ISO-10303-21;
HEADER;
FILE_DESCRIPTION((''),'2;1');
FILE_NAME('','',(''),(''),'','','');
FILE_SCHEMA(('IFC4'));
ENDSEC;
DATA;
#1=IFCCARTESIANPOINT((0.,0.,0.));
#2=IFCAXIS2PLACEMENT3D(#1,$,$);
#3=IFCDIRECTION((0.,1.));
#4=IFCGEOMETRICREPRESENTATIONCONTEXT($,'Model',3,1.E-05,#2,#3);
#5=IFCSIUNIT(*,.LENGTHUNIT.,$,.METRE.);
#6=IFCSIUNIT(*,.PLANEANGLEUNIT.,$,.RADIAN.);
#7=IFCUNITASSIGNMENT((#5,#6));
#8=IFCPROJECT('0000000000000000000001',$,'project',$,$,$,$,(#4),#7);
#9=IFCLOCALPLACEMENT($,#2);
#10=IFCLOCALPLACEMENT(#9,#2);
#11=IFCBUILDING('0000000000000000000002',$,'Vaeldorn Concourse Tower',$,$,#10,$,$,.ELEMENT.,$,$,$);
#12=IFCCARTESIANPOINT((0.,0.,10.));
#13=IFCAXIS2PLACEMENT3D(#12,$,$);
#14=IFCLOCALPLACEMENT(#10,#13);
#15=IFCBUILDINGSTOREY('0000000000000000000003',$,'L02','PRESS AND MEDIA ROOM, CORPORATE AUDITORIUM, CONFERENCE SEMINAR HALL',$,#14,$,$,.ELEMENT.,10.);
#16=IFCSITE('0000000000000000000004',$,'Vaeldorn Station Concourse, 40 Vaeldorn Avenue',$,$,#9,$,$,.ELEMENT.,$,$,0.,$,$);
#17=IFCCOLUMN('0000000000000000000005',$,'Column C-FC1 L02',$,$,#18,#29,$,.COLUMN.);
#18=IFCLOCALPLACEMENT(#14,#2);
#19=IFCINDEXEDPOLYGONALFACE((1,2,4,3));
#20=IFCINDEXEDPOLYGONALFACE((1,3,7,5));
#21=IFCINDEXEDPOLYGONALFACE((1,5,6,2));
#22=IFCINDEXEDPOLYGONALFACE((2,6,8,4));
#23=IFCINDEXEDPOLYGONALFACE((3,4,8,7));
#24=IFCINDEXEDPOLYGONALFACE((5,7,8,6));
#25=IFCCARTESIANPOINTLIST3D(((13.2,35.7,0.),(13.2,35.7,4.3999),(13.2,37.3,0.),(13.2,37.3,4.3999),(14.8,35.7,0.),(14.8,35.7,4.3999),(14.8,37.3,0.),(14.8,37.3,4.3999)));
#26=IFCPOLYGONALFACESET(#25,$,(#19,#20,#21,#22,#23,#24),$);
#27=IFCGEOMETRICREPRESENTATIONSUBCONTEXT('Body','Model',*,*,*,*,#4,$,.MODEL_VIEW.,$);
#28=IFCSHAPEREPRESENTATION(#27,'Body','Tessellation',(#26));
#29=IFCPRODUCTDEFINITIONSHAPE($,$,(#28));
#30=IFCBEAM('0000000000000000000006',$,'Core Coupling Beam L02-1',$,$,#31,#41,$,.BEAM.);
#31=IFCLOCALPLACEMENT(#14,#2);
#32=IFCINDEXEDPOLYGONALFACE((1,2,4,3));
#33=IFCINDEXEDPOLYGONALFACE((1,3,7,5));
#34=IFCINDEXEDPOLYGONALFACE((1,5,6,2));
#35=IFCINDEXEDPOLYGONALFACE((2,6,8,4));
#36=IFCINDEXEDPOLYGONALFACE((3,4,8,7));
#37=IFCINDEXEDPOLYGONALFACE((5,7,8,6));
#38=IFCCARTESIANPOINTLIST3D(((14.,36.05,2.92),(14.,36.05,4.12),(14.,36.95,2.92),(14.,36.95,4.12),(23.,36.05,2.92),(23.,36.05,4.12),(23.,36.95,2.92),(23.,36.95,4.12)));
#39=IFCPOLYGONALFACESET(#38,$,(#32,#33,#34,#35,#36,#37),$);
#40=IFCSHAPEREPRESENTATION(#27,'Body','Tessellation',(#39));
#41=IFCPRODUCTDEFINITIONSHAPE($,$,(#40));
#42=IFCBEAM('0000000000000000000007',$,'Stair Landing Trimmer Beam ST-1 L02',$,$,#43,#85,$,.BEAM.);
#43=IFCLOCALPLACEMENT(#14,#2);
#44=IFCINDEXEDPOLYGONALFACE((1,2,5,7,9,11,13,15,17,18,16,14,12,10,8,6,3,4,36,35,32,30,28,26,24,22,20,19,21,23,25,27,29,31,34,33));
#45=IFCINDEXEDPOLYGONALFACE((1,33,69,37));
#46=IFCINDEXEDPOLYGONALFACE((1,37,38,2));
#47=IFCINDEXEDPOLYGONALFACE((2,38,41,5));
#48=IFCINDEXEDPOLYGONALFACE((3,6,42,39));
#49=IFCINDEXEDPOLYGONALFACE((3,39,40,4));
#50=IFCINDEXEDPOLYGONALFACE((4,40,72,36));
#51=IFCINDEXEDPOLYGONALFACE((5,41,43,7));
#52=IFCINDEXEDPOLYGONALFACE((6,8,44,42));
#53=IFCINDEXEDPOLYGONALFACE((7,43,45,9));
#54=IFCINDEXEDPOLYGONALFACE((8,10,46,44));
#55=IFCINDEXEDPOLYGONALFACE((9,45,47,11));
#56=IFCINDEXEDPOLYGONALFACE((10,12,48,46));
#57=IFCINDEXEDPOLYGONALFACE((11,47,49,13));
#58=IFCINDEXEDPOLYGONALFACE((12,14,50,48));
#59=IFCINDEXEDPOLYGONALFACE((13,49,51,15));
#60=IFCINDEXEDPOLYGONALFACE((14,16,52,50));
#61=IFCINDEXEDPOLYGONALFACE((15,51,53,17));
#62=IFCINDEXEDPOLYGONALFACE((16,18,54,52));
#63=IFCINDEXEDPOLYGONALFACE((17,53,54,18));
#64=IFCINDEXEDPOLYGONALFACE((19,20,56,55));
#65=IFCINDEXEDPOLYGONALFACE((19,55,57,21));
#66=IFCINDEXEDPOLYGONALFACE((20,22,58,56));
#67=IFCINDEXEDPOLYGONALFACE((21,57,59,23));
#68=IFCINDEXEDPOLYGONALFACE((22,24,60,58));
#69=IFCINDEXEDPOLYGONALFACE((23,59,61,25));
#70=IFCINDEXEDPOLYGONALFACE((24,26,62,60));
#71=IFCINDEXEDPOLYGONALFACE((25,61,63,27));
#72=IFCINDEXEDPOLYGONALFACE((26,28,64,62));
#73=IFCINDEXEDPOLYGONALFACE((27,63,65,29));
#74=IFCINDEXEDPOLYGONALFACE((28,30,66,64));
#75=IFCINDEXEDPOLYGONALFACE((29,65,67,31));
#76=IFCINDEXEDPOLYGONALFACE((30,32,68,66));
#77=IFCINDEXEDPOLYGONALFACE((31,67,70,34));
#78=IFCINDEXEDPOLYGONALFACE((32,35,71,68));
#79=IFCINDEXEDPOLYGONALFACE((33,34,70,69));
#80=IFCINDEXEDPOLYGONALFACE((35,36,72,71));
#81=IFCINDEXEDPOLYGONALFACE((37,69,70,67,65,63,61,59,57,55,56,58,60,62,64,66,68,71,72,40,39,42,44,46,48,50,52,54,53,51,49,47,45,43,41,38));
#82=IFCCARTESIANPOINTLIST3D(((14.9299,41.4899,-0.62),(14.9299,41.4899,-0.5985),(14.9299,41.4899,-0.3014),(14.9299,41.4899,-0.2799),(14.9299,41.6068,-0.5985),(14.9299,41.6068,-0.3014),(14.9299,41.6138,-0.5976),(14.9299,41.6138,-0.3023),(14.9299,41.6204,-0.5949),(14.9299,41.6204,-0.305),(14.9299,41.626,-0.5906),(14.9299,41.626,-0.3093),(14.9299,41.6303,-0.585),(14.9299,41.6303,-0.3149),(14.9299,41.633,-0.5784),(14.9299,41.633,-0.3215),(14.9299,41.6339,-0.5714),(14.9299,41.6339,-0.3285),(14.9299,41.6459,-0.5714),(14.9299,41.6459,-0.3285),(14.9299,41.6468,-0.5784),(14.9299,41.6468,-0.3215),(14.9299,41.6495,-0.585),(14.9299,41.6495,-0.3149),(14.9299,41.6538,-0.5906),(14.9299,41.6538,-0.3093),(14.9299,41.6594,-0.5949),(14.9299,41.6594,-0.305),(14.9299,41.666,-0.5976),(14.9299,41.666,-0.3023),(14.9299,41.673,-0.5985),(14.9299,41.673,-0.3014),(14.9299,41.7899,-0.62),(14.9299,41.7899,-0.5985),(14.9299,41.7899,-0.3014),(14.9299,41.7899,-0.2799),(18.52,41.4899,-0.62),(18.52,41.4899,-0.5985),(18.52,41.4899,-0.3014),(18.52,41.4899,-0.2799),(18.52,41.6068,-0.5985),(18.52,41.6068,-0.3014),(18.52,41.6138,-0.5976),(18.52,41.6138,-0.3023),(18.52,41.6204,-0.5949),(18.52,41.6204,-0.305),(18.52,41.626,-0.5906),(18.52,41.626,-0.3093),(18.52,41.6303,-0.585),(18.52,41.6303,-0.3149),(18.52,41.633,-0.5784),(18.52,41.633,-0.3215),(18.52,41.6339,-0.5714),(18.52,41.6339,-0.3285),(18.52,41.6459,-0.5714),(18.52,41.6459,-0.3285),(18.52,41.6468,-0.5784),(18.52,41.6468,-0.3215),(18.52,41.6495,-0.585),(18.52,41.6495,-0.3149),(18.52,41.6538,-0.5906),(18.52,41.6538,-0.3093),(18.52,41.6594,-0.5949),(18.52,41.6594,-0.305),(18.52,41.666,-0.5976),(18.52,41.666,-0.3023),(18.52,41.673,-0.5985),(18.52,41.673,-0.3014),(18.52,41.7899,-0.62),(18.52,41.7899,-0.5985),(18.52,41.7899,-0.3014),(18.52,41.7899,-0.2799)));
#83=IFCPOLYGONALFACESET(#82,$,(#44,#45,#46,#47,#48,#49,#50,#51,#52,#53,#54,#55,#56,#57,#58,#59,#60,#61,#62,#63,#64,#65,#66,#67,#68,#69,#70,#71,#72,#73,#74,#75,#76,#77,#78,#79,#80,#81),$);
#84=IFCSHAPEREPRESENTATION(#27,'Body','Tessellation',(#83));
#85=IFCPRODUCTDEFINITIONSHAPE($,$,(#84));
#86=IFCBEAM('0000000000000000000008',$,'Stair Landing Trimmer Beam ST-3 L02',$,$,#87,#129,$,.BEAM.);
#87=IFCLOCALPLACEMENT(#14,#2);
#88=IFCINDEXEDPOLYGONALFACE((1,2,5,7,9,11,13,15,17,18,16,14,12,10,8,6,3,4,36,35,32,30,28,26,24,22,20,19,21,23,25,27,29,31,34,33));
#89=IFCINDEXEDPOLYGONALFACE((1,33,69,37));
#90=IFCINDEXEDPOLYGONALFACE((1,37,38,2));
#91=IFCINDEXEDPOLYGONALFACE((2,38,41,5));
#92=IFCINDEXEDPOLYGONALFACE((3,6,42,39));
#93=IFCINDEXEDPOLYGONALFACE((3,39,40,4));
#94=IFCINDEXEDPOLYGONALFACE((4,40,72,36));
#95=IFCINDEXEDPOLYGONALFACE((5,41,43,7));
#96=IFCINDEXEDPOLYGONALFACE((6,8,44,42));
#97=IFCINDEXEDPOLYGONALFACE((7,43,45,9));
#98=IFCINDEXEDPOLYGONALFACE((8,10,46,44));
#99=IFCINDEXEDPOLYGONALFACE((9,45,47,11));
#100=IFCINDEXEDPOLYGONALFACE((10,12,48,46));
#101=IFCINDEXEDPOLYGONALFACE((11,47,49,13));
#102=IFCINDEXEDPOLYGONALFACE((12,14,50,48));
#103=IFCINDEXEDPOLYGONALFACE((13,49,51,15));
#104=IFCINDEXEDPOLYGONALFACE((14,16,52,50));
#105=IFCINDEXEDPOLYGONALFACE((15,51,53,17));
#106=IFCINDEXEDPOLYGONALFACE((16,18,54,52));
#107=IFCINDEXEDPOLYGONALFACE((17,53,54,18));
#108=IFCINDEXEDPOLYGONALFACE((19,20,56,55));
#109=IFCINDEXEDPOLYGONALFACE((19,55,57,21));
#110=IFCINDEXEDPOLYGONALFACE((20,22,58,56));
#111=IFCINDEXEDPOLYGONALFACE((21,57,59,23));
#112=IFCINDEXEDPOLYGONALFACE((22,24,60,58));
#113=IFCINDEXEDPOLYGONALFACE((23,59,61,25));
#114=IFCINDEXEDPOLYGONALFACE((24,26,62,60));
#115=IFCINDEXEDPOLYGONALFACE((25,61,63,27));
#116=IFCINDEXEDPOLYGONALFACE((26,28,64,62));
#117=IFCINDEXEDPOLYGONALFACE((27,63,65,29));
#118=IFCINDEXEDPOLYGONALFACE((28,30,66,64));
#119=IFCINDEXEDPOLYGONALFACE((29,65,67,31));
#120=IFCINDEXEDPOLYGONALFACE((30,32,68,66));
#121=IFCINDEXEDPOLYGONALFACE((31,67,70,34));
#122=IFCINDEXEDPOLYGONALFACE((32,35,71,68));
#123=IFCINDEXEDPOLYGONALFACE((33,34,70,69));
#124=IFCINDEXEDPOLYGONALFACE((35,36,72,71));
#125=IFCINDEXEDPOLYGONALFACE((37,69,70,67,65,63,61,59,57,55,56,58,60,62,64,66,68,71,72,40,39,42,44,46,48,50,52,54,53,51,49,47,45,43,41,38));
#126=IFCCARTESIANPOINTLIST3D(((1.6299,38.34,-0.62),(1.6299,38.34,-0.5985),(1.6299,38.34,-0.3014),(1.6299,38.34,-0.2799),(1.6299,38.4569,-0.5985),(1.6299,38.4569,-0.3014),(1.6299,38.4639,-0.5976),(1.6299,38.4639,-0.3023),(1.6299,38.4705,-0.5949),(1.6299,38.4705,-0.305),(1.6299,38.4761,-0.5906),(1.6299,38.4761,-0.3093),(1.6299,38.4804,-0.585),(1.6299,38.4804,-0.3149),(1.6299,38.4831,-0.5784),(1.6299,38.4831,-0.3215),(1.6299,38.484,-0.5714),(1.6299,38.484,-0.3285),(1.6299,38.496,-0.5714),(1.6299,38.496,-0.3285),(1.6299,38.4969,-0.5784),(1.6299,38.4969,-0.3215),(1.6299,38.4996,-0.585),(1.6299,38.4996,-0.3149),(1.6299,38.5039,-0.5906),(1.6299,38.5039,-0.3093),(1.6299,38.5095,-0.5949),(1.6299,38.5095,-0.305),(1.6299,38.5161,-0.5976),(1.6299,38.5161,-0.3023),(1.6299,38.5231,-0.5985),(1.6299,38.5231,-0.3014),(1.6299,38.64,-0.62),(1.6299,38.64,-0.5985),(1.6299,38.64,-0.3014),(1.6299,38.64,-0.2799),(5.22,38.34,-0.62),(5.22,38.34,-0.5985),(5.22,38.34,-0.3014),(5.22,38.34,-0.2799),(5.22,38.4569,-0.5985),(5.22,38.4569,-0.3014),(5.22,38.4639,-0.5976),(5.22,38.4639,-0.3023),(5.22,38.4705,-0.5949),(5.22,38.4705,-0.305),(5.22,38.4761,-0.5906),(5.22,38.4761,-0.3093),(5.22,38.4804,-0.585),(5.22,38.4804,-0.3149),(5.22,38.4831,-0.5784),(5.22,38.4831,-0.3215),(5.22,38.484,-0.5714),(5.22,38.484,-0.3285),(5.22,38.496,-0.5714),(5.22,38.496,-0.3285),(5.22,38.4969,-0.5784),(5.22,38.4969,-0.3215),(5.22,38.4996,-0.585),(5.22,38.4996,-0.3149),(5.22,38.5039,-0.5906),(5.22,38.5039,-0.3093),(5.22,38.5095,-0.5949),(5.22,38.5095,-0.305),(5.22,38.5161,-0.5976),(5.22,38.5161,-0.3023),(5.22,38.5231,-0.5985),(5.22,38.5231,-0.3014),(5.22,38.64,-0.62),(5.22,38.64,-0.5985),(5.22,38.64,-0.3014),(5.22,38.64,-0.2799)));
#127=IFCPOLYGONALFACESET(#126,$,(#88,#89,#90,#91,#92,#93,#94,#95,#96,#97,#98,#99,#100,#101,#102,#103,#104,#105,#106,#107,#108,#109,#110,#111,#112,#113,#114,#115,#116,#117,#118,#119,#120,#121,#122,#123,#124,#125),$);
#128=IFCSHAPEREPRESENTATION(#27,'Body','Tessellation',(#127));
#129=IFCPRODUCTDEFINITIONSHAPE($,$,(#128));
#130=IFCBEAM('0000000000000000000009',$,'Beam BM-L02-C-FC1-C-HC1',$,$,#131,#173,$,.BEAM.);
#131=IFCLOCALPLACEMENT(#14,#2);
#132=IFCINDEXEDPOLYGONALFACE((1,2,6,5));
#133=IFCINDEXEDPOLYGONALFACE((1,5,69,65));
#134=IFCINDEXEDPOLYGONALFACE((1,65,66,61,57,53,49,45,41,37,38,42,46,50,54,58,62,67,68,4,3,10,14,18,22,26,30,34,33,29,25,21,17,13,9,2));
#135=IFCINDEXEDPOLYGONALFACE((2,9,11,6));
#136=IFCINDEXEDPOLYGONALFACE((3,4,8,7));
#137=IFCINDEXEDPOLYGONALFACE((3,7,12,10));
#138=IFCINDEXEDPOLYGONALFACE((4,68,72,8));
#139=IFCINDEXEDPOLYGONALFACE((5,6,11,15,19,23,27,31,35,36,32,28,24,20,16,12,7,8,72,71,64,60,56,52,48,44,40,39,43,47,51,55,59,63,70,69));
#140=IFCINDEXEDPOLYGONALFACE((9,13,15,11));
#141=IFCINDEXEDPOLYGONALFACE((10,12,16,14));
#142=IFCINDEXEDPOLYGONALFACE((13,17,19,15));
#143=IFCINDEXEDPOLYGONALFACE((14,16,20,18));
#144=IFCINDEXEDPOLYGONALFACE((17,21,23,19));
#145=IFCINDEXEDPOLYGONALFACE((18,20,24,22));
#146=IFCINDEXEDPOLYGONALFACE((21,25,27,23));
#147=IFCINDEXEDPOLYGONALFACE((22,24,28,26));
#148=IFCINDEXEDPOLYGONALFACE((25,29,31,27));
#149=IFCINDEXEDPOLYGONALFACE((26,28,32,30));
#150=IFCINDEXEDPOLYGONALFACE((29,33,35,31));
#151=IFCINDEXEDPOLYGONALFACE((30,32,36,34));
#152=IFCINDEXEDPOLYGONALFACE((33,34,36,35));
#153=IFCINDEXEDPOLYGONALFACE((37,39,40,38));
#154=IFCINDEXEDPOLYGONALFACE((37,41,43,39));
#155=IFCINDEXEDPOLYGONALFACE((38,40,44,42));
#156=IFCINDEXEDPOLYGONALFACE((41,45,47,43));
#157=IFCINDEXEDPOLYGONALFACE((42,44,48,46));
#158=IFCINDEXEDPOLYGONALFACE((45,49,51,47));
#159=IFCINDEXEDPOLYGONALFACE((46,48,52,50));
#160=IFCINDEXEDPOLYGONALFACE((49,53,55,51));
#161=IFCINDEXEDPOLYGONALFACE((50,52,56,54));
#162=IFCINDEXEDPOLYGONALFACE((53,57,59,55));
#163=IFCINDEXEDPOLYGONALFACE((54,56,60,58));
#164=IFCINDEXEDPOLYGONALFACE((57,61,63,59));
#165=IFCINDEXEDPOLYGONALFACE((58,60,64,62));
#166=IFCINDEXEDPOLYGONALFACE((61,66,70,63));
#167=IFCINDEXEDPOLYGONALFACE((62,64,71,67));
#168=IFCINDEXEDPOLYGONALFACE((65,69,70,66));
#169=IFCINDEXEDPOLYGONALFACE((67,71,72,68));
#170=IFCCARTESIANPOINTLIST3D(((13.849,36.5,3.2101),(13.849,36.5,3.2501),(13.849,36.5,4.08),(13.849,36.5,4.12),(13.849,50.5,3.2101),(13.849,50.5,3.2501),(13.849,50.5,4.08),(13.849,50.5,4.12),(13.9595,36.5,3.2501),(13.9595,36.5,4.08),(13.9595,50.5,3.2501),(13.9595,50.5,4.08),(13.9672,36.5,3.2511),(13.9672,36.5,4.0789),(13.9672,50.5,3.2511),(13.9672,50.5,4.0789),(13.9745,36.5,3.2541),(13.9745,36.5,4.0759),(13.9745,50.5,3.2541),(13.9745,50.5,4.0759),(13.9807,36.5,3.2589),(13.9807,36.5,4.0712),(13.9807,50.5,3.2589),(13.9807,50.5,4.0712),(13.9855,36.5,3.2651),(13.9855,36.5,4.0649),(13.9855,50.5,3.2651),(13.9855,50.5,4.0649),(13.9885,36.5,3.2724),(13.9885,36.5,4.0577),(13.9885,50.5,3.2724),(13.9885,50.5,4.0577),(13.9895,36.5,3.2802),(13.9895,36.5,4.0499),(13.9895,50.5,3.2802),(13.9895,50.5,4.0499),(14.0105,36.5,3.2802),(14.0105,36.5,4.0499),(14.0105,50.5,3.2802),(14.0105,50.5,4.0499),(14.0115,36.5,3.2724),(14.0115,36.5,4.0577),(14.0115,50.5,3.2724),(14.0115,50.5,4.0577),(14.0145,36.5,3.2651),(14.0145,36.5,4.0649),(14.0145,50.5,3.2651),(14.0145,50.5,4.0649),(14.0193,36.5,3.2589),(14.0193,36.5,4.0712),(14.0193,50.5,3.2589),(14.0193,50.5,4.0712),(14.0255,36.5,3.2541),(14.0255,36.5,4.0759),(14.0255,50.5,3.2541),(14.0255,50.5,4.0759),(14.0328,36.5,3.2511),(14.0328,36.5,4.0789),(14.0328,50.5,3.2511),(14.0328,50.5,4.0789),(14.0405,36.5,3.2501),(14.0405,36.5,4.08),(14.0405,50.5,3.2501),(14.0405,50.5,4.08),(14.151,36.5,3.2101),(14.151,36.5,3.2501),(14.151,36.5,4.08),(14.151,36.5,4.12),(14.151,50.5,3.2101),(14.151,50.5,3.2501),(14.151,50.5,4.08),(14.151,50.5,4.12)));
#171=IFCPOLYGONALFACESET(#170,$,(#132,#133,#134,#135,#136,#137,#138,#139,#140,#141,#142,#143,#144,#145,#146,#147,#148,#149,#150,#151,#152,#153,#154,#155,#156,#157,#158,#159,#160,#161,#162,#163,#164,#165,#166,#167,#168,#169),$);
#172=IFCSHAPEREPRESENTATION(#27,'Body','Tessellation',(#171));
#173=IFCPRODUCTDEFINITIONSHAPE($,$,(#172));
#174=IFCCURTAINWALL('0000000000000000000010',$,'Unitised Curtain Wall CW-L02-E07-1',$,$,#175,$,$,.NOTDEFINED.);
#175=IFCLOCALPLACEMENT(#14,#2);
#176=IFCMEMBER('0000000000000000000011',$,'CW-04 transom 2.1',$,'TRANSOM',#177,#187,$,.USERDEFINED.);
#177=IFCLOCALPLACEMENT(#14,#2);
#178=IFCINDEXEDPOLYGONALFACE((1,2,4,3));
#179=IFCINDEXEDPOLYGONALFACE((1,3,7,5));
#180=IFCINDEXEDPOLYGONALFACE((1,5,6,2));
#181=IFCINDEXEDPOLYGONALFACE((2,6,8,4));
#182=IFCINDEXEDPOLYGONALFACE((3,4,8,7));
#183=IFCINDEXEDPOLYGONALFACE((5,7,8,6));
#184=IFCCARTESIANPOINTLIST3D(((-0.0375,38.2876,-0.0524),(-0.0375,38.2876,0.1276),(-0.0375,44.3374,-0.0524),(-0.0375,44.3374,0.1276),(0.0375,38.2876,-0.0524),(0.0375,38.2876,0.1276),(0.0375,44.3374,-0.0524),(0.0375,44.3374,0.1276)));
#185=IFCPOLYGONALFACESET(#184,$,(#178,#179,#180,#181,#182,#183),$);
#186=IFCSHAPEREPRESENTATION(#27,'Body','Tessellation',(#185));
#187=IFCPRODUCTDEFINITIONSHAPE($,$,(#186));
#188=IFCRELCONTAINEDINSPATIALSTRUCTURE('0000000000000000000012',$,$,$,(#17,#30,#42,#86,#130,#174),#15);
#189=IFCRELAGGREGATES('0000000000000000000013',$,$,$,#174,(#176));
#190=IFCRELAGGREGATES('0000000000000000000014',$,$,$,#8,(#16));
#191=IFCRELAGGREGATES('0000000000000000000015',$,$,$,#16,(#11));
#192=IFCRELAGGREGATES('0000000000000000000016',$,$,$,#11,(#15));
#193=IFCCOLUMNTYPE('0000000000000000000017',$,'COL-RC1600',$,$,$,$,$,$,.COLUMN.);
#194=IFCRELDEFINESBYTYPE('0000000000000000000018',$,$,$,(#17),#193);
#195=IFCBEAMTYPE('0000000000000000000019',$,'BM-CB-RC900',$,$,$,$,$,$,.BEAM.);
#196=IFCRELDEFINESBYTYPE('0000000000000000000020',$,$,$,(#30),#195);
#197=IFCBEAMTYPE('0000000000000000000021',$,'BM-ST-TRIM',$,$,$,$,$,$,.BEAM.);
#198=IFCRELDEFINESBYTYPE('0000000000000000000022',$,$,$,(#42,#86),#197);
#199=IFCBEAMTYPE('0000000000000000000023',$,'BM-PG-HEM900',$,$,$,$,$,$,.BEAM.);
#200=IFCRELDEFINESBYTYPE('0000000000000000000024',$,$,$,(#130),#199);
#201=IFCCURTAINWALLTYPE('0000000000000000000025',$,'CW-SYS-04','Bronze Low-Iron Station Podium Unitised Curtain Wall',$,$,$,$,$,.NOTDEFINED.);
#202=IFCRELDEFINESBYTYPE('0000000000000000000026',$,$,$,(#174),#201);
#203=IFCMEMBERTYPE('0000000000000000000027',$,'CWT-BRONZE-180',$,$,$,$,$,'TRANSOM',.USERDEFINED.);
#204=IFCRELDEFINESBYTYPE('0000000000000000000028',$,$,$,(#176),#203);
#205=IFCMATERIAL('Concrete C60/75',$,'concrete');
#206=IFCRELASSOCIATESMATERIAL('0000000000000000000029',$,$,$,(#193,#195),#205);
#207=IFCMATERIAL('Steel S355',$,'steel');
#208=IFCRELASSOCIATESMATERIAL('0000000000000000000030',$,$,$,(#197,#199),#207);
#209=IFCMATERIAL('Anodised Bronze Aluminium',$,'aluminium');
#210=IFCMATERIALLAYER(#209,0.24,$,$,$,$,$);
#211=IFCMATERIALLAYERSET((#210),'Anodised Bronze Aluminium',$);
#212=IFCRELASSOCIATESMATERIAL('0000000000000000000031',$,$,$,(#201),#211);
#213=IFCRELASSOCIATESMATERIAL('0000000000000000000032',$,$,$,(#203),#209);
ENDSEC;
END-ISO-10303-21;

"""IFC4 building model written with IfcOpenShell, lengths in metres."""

from ifc_helpers import new_model, si_unit, direction, frame, origin, origin_2d, place, context, subcontext, project, spatial, rectangle, i_section, extrude, source, transform, mapped, material, layer, layer_set, material_profile, profile_set, type_object, element, aggregate, save


model = new_model("IFC4")

# Units and contexts
model_context = context("Model", 3, precision=1e-05, world=origin(), true_north=direction((0.0, 1.0)))
body_context = subcontext(model_context, "Body", "Model", "MODEL_VIEW")
ifc_project = project(units=[si_unit("LENGTHUNIT", "METRE"), si_unit("PLANEANGLEUNIT", "RADIAN")], contexts=[model_context])

# Site, building, storey
site_placement = place(None, origin())
site = spatial("IfcSite", under=ifc_project, at=site_placement, Name="Vaeldorn Station Concourse, 40 Vaeldorn Avenue", CompositionType="ELEMENT", RefElevation=0.0)
building_placement = place(site_placement, origin())
building = spatial("IfcBuilding", under=site, at=building_placement, Name="Vaeldorn Concourse Tower", CompositionType="ELEMENT")
storey_placement = place(building_placement, frame((0.0, 0.0, 10.0)))
storey = spatial("IfcBuildingStorey", under=building, at=storey_placement, Name="L02", Description="PRESS AND MEDIA ROOM, CORPORATE AUDITORIUM, CONFERENCE SEMINAR HALL", CompositionType="ELEMENT", Elevation=10.0)

# Column
ifc_material_1 = material(Name="Concrete C60/75", Category="concrete")
ifc_material_profile_1 = material_profile(ifc_material_1, rectangle(XDim=1.6001, YDim=1.6001, at=origin_2d()), Name="RC 1600x1600")
ifc_profile_set_1 = profile_set([ifc_material_profile_1], Name="Concrete C60/75")
column_type = type_object("IfcColumnType", Name="COL-RC1600", PredefinedType="COLUMN", material=ifc_profile_set_1)
shared_shape_1 = source(origin(), body_context, "Body", "SweptSolid", [
    extrude(rectangle(XDim=1.6001, YDim=1.6001, at=origin_2d()), origin(), (0.0, 0.0, 1.0), 4.3999),
])
column_placement = place(storey_placement, frame((14.0, 36.5, 0.0), z_axis=(0.0, 0.0, 1.0), x_axis=(1.0, 0.0, 0.0)))
element("IfcColumn", 1, at=column_placement, inside=storey, type_object=column_type, Name="Column C-FC1 L02", PredefinedType="COLUMN", context=body_context, shape_type="MappedRepresentation", body=[
    mapped(shared_shape_1, transform((0.0, 0.0, 0.0), scale=1.0)),
])

# Beams
ifc_material_profile_2 = material_profile(ifc_material_1, rectangle(XDim=0.8999, YDim=1.2, at=origin_2d()), Name="RC 900x1200")
ifc_profile_set_2 = profile_set([ifc_material_profile_2], Name="Concrete C60/75")
beam_type_1 = type_object("IfcBeamType", Name="BM-CB-RC900", PredefinedType="BEAM", material=ifc_profile_set_2)
shared_shape_2 = source(origin(), body_context, "Body", "SweptSolid", [
    extrude(rectangle(XDim=0.8999, YDim=1.2, at=origin_2d()), origin(), (0.0, 0.0, 1.0), 9.0),
])
beam_1_placement = place(storey_placement, frame((14.0, 36.5, 3.52), z_axis=(1.0, 0.0, 0.0), x_axis=(0.0, 1.0, 0.0)))
element("IfcBeam", 2, at=beam_1_placement, inside=storey, type_object=beam_type_1, Name="Core Coupling Beam L02-1", PredefinedType="BEAM", context=body_context, shape_type="MappedRepresentation", body=[
    mapped(shared_shape_2, transform((0.0, 0.0, 0.0), scale=1.0)),
])
ifc_material_2 = material(Name="Steel S355", Category="steel")
ifc_material_profile_3 = material_profile(ifc_material_2, i_section(OverallWidth=0.3, OverallDepth=0.3401, WebThickness=0.012, FlangeThickness=0.0215, FilletRadius=0.0271, at=origin_2d()), Name="HEB 340")
ifc_profile_set_3 = profile_set([ifc_material_profile_3], Name="Steel S355")
beam_type_2 = type_object("IfcBeamType", Name="BM-ST-TRIM", PredefinedType="BEAM", material=ifc_profile_set_3)
shared_shape_3 = source(origin(), body_context, "Body", "SweptSolid", [
    extrude(i_section(OverallWidth=0.3, OverallDepth=0.3401, WebThickness=0.012, FlangeThickness=0.0215, FilletRadius=0.0271, at=origin_2d()), origin(), (0.0, 0.0, 1.0), 3.5901),
])
for number, where, z_axis, x_axis, name in (
    (3, (14.9299, 41.6399, -0.45), (1.0, 0.0, 0.0), (0.0, 1.0, 0.0), "Stair Landing Trimmer Beam ST-1 L02"),
    (4, (1.6299, 38.49, -0.45), (1.0, 0.0, 0.0), (0.0, 1.0, 0.0), "Stair Landing Trimmer Beam ST-3 L02"),
):
    element("IfcBeam", number, at=place(storey_placement, frame(where, z_axis=z_axis, x_axis=x_axis)), inside=storey, type_object=beam_type_2, Name=name, PredefinedType="BEAM", context=body_context, shape_type="MappedRepresentation", body=[
        mapped(shared_shape_3, transform((0.0, 0.0, 0.0), scale=1.0)),
    ])
ifc_material_profile_4 = material_profile(ifc_material_2, i_section(OverallWidth=0.302, OverallDepth=0.9099, WebThickness=0.021, FlangeThickness=0.04, FilletRadius=0.03, at=origin_2d()), Name="HEM 900")
ifc_profile_set_4 = profile_set([ifc_material_profile_4], Name="Steel S355")
beam_type_3 = type_object("IfcBeamType", Name="BM-PG-HEM900", PredefinedType="BEAM", material=ifc_profile_set_4)
shared_shape_4 = source(origin(), body_context, "Body", "SweptSolid", [
    extrude(i_section(OverallWidth=0.302, OverallDepth=0.9099, WebThickness=0.021, FlangeThickness=0.04, FilletRadius=0.03, at=origin_2d()), origin(), (0.0, 0.0, 1.0), 14.0),
])
beam_2_placement = place(storey_placement, frame((14.0, 36.5, 3.665), z_axis=(0.0, 1.0, 0.0), x_axis=(-1.0, 0.0, 0.0)))
element("IfcBeam", 5, at=beam_2_placement, inside=storey, type_object=beam_type_3, Name="Beam BM-L02-C-FC1-C-HC1", PredefinedType="BEAM", context=body_context, shape_type="MappedRepresentation", body=[
    mapped(shared_shape_4, transform((0.0, 0.0, 0.0), scale=1.0)),
])

# Curtain wall, member
ifc_material_3 = material(Name="Anodised Bronze Aluminium", Category="aluminium")
ifc_layer_1 = layer(ifc_material_3, 0.24)
ifc_layer_set_1 = layer_set([ifc_layer_1], Name="Anodised Bronze Aluminium")
curtain_wall_type = type_object("IfcCurtainWallType", Name="CW-SYS-04", Description="Bronze Low-Iron Station Podium Unitised Curtain Wall", PredefinedType="NOTDEFINED", material=ifc_layer_set_1)
curtain_wall_placement = place(storey_placement, origin())
curtain_wall = element("IfcCurtainWall", 6, at=curtain_wall_placement, inside=storey, type_object=curtain_wall_type, Name="Unitised Curtain Wall CW-L02-E07-1", PredefinedType="NOTDEFINED")
ifc_material_profile_5 = material_profile(ifc_material_3, rectangle(XDim=0.075, YDim=0.1799, at=origin_2d()), Name="CWT 75x180")
ifc_profile_set_5 = profile_set([ifc_material_profile_5], Name="Anodised Bronze Aluminium")
member_type_1 = type_object("IfcMemberType", Name="CWT-BRONZE-180", ElementType="TRANSOM", PredefinedType="USERDEFINED", material=ifc_profile_set_5)
shared_shape_5 = source(origin(), body_context, "Body", "SweptSolid", [
    extrude(rectangle(XDim=0.075, YDim=0.1799, at=origin_2d()), origin(), (0.0, 0.0, 1.0), 6.0498),
])
member_1_placement = place(storey_placement, frame((0.0, 44.3374, 0.0376), z_axis=(0.0, -1.0, 0.0), x_axis=(1.0, 0.0, 0.0)))
member_1 = element("IfcMember", 7, at=member_1_placement, type_object=member_type_1, Name="CW-04 transom 2.1", ObjectType="TRANSOM", PredefinedType="USERDEFINED", context=body_context, shape_type="MappedRepresentation", body=[
    mapped(shared_shape_5, transform((0.0, 0.0, 0.0), scale=1.0)),
])
aggregate(curtain_wall, [member_1])

save(model, "model.ifc")
